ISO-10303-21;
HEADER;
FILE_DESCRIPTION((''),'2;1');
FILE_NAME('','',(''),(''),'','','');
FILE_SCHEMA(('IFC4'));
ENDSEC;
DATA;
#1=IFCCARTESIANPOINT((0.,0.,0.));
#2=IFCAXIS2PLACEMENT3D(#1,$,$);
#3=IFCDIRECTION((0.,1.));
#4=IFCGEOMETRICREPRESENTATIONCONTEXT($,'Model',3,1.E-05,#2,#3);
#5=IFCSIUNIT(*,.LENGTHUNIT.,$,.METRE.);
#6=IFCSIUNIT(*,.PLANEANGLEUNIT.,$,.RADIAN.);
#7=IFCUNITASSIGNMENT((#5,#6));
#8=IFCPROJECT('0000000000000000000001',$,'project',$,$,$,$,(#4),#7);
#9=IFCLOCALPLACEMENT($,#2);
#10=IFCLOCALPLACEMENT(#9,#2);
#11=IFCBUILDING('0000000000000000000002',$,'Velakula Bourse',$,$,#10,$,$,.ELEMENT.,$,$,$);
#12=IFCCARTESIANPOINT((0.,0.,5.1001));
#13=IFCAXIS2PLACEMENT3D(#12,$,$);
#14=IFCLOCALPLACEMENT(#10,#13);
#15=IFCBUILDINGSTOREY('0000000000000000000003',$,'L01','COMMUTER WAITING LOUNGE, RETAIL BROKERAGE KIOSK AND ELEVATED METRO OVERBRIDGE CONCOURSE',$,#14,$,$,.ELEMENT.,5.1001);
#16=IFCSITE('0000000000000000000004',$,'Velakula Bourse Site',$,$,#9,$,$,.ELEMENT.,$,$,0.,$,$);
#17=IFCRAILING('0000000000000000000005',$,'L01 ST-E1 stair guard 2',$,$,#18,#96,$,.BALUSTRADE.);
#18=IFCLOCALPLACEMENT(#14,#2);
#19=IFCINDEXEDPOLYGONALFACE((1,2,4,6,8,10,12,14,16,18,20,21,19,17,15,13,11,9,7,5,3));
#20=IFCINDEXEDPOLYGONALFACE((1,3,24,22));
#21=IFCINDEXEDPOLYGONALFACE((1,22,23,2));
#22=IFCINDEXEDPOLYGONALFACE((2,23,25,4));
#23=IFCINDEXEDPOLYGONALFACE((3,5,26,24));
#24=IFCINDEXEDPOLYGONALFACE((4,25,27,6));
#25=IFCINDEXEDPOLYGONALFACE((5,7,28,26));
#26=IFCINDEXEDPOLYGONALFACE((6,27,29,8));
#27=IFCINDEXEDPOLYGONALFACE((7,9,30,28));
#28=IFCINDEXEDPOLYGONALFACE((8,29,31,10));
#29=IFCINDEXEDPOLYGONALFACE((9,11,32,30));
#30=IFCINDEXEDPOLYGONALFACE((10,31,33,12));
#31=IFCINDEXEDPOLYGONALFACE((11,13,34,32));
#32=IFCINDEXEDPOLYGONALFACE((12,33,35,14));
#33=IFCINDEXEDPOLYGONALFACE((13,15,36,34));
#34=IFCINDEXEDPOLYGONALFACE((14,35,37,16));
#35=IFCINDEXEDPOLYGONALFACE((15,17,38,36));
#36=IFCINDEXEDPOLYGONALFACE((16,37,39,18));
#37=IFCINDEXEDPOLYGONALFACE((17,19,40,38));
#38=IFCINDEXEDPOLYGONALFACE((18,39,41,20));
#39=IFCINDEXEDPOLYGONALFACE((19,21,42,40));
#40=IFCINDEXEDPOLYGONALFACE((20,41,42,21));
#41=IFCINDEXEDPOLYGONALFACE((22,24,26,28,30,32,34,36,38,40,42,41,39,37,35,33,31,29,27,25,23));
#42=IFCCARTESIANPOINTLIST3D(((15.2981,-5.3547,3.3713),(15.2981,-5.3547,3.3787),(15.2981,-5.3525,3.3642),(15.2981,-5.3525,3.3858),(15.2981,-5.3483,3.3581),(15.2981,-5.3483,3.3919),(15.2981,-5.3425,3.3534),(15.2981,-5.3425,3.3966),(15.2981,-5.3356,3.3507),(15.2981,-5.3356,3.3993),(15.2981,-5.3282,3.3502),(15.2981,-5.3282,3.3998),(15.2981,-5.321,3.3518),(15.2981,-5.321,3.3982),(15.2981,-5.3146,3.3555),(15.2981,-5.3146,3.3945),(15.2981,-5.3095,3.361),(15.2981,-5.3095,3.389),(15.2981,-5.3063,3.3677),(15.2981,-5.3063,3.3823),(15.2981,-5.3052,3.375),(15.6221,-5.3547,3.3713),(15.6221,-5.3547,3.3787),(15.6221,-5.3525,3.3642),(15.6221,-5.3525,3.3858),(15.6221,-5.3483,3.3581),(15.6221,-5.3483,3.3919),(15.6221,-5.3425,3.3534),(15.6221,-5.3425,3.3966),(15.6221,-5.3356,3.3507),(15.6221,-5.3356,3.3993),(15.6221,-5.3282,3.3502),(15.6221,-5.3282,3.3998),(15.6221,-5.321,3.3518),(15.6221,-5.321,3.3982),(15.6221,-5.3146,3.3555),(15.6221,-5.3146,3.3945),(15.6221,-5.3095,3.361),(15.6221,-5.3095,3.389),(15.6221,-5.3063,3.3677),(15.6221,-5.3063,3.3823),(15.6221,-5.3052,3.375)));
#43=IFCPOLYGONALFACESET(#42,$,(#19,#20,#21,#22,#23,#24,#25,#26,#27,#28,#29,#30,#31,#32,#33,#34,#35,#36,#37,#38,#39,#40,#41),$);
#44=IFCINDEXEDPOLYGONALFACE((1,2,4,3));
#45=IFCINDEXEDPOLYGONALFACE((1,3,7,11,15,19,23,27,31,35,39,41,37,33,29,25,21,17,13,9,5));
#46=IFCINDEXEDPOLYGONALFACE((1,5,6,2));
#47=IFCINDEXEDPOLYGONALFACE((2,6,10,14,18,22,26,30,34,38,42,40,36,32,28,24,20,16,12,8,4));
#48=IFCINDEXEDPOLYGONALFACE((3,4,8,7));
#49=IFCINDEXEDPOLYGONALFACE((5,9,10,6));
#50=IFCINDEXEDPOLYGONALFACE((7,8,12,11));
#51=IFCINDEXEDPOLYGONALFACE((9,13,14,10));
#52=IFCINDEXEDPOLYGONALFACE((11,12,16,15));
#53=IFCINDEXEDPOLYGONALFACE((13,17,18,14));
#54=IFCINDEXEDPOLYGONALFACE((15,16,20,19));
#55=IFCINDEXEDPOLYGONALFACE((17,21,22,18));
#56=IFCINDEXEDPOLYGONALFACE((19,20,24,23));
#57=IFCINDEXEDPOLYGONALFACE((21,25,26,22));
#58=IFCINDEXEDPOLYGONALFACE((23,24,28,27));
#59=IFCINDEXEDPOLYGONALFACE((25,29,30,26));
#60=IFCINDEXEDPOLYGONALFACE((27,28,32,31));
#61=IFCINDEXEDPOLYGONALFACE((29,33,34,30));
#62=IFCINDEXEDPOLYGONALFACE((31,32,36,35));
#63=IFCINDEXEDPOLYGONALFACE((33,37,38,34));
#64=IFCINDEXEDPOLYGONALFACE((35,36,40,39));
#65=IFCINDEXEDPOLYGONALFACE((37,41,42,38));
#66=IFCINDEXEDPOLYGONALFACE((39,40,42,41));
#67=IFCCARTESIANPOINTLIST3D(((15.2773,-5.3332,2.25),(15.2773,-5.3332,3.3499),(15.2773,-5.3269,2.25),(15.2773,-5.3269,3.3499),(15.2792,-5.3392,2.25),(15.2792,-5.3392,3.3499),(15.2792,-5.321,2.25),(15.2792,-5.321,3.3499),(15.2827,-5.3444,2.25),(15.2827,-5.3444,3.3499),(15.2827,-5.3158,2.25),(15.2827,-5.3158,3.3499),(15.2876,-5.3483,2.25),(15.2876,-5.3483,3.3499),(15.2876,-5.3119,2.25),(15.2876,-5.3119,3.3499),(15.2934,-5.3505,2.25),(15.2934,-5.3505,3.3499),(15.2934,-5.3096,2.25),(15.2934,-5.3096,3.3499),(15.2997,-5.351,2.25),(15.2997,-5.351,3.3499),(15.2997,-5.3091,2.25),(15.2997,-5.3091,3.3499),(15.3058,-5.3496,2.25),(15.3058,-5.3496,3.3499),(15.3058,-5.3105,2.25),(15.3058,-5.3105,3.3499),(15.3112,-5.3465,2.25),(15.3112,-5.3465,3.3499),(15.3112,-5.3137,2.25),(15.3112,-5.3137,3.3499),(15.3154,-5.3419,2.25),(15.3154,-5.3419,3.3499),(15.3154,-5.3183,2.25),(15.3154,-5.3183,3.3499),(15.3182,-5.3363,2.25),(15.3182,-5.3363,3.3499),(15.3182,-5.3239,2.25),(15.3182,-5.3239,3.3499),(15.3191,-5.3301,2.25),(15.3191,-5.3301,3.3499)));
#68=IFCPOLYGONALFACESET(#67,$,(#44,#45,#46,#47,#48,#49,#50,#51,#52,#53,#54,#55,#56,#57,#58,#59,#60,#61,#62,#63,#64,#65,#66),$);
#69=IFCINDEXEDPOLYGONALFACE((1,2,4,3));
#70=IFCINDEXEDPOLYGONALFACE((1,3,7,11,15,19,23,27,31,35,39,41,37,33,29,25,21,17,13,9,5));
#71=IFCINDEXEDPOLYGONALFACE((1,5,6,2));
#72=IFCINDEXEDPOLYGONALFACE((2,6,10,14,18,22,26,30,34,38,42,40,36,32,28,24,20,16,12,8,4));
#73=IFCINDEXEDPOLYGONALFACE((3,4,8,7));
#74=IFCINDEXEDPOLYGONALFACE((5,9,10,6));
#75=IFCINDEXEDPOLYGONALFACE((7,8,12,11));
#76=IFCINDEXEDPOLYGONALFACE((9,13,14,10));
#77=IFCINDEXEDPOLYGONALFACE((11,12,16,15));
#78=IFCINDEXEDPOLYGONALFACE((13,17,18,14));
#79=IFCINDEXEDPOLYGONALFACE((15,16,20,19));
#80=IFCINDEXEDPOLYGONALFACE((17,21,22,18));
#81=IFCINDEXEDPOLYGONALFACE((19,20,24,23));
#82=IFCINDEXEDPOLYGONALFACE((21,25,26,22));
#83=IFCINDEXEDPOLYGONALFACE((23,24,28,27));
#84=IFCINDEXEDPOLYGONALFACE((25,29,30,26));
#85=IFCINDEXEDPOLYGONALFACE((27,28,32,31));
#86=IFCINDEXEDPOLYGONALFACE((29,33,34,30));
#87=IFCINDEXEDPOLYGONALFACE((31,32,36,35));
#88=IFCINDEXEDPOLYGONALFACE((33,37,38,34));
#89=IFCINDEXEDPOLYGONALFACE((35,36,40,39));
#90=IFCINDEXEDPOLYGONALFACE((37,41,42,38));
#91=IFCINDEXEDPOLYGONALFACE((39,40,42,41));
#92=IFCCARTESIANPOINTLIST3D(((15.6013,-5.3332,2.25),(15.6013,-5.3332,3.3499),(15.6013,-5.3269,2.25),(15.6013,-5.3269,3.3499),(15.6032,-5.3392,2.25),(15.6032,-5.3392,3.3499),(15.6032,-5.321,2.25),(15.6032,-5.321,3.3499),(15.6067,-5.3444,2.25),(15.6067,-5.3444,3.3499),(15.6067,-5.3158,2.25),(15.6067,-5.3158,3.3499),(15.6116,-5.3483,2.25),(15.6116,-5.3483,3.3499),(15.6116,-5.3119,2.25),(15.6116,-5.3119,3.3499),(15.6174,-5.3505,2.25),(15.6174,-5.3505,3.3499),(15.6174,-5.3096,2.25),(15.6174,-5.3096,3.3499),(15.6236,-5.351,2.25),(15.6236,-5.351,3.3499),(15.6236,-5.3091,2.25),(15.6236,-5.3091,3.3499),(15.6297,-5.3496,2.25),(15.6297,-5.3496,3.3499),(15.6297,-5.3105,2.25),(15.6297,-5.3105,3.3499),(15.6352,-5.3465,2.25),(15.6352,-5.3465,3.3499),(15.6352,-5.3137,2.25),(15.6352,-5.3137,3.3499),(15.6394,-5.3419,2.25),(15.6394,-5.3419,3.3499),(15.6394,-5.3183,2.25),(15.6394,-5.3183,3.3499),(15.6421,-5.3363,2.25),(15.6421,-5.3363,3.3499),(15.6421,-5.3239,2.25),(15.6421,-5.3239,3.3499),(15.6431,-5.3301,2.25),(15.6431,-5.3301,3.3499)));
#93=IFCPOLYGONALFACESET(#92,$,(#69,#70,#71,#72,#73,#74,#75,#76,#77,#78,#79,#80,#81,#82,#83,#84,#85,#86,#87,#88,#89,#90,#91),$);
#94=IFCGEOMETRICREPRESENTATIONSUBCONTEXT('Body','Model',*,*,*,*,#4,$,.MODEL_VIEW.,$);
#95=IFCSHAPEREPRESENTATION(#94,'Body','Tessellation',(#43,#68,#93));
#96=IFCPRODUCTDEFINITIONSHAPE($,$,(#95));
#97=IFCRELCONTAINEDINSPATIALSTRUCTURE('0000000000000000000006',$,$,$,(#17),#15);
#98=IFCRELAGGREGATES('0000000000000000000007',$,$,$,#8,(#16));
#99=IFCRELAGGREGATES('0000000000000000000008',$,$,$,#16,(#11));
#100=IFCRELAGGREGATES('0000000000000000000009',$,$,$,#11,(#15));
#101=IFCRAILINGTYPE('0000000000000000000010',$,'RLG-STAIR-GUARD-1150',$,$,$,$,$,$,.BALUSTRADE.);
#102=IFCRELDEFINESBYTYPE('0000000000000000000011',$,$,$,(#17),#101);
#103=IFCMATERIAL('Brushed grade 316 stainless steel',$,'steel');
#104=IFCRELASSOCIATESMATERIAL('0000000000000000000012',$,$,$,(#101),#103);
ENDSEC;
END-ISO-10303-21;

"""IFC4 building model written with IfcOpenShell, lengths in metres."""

from ifc_helpers import new_model, si_unit, direction, frame, origin, origin_2d, place, context, subcontext, project, spatial, circle, extrude, material, type_object, element, save


model = new_model("IFC4")

# Units and contexts
model_context = context("Model", 3, precision=1e-05, world=origin(), true_north=direction((0.0, 1.0)))
body_context = subcontext(model_context, "Body", "Model", "MODEL_VIEW")
ifc_project = project(units=[si_unit("LENGTHUNIT", "METRE"), si_unit("PLANEANGLEUNIT", "RADIAN")], contexts=[model_context])

# Site, building, storey
site_placement = place(None, origin())
site = spatial("IfcSite", under=ifc_project, at=site_placement, Name="Velakula Bourse Site", CompositionType="ELEMENT", RefElevation=0.0)
building_placement = place(site_placement, origin())
building = spatial("IfcBuilding", under=site, at=building_placement, Name="Velakula Bourse", CompositionType="ELEMENT")
storey_placement = place(building_placement, frame((0.0, 0.0, 5.1001)))
storey = spatial("IfcBuildingStorey", under=building, at=storey_placement, Name="L01", Description="COMMUTER WAITING LOUNGE, RETAIL BROKERAGE KIOSK AND ELEVATED METRO OVERBRIDGE CONCOURSE", CompositionType="ELEMENT", Elevation=5.1001)

# Shared definitions
ifc_material_1 = material(Name="Brushed grade 316 stainless steel", Category="steel")

# Railing
railing_type_1 = type_object("IfcRailingType", Name="RLG-STAIR-GUARD-1150", PredefinedType="BALUSTRADE", material=ifc_material_1)
railing_1_placement = place(storey_placement, frame((15.2981, -5.3301, 2.25)))
element("IfcRailing", 1, at=railing_1_placement, inside=storey, type_object=railing_type_1, Name="L01 ST-E1 stair guard 2", PredefinedType="BALUSTRADE", context=body_context, shape_type="SweptSolid", body=[
    extrude(circle(Radius=0.0249, at=origin_2d()), frame((0.0, 0.0, 1.125), z_axis=(1.0, 0.0, 0.0), x_axis=(0.0, 1.0, 0.0)), (0.0, 0.0, 1.0), 0.324),
    extrude(circle(Radius=0.021, at=origin_2d()), origin(), (0.0, 0.0, 1.0), 1.0999),
    extrude(circle(Radius=0.021, at=origin_2d()), frame((0.324, 0.0, 0.0)), (0.0, 0.0, 1.0), 1.0999),
])

save(model, "model.ifc")
